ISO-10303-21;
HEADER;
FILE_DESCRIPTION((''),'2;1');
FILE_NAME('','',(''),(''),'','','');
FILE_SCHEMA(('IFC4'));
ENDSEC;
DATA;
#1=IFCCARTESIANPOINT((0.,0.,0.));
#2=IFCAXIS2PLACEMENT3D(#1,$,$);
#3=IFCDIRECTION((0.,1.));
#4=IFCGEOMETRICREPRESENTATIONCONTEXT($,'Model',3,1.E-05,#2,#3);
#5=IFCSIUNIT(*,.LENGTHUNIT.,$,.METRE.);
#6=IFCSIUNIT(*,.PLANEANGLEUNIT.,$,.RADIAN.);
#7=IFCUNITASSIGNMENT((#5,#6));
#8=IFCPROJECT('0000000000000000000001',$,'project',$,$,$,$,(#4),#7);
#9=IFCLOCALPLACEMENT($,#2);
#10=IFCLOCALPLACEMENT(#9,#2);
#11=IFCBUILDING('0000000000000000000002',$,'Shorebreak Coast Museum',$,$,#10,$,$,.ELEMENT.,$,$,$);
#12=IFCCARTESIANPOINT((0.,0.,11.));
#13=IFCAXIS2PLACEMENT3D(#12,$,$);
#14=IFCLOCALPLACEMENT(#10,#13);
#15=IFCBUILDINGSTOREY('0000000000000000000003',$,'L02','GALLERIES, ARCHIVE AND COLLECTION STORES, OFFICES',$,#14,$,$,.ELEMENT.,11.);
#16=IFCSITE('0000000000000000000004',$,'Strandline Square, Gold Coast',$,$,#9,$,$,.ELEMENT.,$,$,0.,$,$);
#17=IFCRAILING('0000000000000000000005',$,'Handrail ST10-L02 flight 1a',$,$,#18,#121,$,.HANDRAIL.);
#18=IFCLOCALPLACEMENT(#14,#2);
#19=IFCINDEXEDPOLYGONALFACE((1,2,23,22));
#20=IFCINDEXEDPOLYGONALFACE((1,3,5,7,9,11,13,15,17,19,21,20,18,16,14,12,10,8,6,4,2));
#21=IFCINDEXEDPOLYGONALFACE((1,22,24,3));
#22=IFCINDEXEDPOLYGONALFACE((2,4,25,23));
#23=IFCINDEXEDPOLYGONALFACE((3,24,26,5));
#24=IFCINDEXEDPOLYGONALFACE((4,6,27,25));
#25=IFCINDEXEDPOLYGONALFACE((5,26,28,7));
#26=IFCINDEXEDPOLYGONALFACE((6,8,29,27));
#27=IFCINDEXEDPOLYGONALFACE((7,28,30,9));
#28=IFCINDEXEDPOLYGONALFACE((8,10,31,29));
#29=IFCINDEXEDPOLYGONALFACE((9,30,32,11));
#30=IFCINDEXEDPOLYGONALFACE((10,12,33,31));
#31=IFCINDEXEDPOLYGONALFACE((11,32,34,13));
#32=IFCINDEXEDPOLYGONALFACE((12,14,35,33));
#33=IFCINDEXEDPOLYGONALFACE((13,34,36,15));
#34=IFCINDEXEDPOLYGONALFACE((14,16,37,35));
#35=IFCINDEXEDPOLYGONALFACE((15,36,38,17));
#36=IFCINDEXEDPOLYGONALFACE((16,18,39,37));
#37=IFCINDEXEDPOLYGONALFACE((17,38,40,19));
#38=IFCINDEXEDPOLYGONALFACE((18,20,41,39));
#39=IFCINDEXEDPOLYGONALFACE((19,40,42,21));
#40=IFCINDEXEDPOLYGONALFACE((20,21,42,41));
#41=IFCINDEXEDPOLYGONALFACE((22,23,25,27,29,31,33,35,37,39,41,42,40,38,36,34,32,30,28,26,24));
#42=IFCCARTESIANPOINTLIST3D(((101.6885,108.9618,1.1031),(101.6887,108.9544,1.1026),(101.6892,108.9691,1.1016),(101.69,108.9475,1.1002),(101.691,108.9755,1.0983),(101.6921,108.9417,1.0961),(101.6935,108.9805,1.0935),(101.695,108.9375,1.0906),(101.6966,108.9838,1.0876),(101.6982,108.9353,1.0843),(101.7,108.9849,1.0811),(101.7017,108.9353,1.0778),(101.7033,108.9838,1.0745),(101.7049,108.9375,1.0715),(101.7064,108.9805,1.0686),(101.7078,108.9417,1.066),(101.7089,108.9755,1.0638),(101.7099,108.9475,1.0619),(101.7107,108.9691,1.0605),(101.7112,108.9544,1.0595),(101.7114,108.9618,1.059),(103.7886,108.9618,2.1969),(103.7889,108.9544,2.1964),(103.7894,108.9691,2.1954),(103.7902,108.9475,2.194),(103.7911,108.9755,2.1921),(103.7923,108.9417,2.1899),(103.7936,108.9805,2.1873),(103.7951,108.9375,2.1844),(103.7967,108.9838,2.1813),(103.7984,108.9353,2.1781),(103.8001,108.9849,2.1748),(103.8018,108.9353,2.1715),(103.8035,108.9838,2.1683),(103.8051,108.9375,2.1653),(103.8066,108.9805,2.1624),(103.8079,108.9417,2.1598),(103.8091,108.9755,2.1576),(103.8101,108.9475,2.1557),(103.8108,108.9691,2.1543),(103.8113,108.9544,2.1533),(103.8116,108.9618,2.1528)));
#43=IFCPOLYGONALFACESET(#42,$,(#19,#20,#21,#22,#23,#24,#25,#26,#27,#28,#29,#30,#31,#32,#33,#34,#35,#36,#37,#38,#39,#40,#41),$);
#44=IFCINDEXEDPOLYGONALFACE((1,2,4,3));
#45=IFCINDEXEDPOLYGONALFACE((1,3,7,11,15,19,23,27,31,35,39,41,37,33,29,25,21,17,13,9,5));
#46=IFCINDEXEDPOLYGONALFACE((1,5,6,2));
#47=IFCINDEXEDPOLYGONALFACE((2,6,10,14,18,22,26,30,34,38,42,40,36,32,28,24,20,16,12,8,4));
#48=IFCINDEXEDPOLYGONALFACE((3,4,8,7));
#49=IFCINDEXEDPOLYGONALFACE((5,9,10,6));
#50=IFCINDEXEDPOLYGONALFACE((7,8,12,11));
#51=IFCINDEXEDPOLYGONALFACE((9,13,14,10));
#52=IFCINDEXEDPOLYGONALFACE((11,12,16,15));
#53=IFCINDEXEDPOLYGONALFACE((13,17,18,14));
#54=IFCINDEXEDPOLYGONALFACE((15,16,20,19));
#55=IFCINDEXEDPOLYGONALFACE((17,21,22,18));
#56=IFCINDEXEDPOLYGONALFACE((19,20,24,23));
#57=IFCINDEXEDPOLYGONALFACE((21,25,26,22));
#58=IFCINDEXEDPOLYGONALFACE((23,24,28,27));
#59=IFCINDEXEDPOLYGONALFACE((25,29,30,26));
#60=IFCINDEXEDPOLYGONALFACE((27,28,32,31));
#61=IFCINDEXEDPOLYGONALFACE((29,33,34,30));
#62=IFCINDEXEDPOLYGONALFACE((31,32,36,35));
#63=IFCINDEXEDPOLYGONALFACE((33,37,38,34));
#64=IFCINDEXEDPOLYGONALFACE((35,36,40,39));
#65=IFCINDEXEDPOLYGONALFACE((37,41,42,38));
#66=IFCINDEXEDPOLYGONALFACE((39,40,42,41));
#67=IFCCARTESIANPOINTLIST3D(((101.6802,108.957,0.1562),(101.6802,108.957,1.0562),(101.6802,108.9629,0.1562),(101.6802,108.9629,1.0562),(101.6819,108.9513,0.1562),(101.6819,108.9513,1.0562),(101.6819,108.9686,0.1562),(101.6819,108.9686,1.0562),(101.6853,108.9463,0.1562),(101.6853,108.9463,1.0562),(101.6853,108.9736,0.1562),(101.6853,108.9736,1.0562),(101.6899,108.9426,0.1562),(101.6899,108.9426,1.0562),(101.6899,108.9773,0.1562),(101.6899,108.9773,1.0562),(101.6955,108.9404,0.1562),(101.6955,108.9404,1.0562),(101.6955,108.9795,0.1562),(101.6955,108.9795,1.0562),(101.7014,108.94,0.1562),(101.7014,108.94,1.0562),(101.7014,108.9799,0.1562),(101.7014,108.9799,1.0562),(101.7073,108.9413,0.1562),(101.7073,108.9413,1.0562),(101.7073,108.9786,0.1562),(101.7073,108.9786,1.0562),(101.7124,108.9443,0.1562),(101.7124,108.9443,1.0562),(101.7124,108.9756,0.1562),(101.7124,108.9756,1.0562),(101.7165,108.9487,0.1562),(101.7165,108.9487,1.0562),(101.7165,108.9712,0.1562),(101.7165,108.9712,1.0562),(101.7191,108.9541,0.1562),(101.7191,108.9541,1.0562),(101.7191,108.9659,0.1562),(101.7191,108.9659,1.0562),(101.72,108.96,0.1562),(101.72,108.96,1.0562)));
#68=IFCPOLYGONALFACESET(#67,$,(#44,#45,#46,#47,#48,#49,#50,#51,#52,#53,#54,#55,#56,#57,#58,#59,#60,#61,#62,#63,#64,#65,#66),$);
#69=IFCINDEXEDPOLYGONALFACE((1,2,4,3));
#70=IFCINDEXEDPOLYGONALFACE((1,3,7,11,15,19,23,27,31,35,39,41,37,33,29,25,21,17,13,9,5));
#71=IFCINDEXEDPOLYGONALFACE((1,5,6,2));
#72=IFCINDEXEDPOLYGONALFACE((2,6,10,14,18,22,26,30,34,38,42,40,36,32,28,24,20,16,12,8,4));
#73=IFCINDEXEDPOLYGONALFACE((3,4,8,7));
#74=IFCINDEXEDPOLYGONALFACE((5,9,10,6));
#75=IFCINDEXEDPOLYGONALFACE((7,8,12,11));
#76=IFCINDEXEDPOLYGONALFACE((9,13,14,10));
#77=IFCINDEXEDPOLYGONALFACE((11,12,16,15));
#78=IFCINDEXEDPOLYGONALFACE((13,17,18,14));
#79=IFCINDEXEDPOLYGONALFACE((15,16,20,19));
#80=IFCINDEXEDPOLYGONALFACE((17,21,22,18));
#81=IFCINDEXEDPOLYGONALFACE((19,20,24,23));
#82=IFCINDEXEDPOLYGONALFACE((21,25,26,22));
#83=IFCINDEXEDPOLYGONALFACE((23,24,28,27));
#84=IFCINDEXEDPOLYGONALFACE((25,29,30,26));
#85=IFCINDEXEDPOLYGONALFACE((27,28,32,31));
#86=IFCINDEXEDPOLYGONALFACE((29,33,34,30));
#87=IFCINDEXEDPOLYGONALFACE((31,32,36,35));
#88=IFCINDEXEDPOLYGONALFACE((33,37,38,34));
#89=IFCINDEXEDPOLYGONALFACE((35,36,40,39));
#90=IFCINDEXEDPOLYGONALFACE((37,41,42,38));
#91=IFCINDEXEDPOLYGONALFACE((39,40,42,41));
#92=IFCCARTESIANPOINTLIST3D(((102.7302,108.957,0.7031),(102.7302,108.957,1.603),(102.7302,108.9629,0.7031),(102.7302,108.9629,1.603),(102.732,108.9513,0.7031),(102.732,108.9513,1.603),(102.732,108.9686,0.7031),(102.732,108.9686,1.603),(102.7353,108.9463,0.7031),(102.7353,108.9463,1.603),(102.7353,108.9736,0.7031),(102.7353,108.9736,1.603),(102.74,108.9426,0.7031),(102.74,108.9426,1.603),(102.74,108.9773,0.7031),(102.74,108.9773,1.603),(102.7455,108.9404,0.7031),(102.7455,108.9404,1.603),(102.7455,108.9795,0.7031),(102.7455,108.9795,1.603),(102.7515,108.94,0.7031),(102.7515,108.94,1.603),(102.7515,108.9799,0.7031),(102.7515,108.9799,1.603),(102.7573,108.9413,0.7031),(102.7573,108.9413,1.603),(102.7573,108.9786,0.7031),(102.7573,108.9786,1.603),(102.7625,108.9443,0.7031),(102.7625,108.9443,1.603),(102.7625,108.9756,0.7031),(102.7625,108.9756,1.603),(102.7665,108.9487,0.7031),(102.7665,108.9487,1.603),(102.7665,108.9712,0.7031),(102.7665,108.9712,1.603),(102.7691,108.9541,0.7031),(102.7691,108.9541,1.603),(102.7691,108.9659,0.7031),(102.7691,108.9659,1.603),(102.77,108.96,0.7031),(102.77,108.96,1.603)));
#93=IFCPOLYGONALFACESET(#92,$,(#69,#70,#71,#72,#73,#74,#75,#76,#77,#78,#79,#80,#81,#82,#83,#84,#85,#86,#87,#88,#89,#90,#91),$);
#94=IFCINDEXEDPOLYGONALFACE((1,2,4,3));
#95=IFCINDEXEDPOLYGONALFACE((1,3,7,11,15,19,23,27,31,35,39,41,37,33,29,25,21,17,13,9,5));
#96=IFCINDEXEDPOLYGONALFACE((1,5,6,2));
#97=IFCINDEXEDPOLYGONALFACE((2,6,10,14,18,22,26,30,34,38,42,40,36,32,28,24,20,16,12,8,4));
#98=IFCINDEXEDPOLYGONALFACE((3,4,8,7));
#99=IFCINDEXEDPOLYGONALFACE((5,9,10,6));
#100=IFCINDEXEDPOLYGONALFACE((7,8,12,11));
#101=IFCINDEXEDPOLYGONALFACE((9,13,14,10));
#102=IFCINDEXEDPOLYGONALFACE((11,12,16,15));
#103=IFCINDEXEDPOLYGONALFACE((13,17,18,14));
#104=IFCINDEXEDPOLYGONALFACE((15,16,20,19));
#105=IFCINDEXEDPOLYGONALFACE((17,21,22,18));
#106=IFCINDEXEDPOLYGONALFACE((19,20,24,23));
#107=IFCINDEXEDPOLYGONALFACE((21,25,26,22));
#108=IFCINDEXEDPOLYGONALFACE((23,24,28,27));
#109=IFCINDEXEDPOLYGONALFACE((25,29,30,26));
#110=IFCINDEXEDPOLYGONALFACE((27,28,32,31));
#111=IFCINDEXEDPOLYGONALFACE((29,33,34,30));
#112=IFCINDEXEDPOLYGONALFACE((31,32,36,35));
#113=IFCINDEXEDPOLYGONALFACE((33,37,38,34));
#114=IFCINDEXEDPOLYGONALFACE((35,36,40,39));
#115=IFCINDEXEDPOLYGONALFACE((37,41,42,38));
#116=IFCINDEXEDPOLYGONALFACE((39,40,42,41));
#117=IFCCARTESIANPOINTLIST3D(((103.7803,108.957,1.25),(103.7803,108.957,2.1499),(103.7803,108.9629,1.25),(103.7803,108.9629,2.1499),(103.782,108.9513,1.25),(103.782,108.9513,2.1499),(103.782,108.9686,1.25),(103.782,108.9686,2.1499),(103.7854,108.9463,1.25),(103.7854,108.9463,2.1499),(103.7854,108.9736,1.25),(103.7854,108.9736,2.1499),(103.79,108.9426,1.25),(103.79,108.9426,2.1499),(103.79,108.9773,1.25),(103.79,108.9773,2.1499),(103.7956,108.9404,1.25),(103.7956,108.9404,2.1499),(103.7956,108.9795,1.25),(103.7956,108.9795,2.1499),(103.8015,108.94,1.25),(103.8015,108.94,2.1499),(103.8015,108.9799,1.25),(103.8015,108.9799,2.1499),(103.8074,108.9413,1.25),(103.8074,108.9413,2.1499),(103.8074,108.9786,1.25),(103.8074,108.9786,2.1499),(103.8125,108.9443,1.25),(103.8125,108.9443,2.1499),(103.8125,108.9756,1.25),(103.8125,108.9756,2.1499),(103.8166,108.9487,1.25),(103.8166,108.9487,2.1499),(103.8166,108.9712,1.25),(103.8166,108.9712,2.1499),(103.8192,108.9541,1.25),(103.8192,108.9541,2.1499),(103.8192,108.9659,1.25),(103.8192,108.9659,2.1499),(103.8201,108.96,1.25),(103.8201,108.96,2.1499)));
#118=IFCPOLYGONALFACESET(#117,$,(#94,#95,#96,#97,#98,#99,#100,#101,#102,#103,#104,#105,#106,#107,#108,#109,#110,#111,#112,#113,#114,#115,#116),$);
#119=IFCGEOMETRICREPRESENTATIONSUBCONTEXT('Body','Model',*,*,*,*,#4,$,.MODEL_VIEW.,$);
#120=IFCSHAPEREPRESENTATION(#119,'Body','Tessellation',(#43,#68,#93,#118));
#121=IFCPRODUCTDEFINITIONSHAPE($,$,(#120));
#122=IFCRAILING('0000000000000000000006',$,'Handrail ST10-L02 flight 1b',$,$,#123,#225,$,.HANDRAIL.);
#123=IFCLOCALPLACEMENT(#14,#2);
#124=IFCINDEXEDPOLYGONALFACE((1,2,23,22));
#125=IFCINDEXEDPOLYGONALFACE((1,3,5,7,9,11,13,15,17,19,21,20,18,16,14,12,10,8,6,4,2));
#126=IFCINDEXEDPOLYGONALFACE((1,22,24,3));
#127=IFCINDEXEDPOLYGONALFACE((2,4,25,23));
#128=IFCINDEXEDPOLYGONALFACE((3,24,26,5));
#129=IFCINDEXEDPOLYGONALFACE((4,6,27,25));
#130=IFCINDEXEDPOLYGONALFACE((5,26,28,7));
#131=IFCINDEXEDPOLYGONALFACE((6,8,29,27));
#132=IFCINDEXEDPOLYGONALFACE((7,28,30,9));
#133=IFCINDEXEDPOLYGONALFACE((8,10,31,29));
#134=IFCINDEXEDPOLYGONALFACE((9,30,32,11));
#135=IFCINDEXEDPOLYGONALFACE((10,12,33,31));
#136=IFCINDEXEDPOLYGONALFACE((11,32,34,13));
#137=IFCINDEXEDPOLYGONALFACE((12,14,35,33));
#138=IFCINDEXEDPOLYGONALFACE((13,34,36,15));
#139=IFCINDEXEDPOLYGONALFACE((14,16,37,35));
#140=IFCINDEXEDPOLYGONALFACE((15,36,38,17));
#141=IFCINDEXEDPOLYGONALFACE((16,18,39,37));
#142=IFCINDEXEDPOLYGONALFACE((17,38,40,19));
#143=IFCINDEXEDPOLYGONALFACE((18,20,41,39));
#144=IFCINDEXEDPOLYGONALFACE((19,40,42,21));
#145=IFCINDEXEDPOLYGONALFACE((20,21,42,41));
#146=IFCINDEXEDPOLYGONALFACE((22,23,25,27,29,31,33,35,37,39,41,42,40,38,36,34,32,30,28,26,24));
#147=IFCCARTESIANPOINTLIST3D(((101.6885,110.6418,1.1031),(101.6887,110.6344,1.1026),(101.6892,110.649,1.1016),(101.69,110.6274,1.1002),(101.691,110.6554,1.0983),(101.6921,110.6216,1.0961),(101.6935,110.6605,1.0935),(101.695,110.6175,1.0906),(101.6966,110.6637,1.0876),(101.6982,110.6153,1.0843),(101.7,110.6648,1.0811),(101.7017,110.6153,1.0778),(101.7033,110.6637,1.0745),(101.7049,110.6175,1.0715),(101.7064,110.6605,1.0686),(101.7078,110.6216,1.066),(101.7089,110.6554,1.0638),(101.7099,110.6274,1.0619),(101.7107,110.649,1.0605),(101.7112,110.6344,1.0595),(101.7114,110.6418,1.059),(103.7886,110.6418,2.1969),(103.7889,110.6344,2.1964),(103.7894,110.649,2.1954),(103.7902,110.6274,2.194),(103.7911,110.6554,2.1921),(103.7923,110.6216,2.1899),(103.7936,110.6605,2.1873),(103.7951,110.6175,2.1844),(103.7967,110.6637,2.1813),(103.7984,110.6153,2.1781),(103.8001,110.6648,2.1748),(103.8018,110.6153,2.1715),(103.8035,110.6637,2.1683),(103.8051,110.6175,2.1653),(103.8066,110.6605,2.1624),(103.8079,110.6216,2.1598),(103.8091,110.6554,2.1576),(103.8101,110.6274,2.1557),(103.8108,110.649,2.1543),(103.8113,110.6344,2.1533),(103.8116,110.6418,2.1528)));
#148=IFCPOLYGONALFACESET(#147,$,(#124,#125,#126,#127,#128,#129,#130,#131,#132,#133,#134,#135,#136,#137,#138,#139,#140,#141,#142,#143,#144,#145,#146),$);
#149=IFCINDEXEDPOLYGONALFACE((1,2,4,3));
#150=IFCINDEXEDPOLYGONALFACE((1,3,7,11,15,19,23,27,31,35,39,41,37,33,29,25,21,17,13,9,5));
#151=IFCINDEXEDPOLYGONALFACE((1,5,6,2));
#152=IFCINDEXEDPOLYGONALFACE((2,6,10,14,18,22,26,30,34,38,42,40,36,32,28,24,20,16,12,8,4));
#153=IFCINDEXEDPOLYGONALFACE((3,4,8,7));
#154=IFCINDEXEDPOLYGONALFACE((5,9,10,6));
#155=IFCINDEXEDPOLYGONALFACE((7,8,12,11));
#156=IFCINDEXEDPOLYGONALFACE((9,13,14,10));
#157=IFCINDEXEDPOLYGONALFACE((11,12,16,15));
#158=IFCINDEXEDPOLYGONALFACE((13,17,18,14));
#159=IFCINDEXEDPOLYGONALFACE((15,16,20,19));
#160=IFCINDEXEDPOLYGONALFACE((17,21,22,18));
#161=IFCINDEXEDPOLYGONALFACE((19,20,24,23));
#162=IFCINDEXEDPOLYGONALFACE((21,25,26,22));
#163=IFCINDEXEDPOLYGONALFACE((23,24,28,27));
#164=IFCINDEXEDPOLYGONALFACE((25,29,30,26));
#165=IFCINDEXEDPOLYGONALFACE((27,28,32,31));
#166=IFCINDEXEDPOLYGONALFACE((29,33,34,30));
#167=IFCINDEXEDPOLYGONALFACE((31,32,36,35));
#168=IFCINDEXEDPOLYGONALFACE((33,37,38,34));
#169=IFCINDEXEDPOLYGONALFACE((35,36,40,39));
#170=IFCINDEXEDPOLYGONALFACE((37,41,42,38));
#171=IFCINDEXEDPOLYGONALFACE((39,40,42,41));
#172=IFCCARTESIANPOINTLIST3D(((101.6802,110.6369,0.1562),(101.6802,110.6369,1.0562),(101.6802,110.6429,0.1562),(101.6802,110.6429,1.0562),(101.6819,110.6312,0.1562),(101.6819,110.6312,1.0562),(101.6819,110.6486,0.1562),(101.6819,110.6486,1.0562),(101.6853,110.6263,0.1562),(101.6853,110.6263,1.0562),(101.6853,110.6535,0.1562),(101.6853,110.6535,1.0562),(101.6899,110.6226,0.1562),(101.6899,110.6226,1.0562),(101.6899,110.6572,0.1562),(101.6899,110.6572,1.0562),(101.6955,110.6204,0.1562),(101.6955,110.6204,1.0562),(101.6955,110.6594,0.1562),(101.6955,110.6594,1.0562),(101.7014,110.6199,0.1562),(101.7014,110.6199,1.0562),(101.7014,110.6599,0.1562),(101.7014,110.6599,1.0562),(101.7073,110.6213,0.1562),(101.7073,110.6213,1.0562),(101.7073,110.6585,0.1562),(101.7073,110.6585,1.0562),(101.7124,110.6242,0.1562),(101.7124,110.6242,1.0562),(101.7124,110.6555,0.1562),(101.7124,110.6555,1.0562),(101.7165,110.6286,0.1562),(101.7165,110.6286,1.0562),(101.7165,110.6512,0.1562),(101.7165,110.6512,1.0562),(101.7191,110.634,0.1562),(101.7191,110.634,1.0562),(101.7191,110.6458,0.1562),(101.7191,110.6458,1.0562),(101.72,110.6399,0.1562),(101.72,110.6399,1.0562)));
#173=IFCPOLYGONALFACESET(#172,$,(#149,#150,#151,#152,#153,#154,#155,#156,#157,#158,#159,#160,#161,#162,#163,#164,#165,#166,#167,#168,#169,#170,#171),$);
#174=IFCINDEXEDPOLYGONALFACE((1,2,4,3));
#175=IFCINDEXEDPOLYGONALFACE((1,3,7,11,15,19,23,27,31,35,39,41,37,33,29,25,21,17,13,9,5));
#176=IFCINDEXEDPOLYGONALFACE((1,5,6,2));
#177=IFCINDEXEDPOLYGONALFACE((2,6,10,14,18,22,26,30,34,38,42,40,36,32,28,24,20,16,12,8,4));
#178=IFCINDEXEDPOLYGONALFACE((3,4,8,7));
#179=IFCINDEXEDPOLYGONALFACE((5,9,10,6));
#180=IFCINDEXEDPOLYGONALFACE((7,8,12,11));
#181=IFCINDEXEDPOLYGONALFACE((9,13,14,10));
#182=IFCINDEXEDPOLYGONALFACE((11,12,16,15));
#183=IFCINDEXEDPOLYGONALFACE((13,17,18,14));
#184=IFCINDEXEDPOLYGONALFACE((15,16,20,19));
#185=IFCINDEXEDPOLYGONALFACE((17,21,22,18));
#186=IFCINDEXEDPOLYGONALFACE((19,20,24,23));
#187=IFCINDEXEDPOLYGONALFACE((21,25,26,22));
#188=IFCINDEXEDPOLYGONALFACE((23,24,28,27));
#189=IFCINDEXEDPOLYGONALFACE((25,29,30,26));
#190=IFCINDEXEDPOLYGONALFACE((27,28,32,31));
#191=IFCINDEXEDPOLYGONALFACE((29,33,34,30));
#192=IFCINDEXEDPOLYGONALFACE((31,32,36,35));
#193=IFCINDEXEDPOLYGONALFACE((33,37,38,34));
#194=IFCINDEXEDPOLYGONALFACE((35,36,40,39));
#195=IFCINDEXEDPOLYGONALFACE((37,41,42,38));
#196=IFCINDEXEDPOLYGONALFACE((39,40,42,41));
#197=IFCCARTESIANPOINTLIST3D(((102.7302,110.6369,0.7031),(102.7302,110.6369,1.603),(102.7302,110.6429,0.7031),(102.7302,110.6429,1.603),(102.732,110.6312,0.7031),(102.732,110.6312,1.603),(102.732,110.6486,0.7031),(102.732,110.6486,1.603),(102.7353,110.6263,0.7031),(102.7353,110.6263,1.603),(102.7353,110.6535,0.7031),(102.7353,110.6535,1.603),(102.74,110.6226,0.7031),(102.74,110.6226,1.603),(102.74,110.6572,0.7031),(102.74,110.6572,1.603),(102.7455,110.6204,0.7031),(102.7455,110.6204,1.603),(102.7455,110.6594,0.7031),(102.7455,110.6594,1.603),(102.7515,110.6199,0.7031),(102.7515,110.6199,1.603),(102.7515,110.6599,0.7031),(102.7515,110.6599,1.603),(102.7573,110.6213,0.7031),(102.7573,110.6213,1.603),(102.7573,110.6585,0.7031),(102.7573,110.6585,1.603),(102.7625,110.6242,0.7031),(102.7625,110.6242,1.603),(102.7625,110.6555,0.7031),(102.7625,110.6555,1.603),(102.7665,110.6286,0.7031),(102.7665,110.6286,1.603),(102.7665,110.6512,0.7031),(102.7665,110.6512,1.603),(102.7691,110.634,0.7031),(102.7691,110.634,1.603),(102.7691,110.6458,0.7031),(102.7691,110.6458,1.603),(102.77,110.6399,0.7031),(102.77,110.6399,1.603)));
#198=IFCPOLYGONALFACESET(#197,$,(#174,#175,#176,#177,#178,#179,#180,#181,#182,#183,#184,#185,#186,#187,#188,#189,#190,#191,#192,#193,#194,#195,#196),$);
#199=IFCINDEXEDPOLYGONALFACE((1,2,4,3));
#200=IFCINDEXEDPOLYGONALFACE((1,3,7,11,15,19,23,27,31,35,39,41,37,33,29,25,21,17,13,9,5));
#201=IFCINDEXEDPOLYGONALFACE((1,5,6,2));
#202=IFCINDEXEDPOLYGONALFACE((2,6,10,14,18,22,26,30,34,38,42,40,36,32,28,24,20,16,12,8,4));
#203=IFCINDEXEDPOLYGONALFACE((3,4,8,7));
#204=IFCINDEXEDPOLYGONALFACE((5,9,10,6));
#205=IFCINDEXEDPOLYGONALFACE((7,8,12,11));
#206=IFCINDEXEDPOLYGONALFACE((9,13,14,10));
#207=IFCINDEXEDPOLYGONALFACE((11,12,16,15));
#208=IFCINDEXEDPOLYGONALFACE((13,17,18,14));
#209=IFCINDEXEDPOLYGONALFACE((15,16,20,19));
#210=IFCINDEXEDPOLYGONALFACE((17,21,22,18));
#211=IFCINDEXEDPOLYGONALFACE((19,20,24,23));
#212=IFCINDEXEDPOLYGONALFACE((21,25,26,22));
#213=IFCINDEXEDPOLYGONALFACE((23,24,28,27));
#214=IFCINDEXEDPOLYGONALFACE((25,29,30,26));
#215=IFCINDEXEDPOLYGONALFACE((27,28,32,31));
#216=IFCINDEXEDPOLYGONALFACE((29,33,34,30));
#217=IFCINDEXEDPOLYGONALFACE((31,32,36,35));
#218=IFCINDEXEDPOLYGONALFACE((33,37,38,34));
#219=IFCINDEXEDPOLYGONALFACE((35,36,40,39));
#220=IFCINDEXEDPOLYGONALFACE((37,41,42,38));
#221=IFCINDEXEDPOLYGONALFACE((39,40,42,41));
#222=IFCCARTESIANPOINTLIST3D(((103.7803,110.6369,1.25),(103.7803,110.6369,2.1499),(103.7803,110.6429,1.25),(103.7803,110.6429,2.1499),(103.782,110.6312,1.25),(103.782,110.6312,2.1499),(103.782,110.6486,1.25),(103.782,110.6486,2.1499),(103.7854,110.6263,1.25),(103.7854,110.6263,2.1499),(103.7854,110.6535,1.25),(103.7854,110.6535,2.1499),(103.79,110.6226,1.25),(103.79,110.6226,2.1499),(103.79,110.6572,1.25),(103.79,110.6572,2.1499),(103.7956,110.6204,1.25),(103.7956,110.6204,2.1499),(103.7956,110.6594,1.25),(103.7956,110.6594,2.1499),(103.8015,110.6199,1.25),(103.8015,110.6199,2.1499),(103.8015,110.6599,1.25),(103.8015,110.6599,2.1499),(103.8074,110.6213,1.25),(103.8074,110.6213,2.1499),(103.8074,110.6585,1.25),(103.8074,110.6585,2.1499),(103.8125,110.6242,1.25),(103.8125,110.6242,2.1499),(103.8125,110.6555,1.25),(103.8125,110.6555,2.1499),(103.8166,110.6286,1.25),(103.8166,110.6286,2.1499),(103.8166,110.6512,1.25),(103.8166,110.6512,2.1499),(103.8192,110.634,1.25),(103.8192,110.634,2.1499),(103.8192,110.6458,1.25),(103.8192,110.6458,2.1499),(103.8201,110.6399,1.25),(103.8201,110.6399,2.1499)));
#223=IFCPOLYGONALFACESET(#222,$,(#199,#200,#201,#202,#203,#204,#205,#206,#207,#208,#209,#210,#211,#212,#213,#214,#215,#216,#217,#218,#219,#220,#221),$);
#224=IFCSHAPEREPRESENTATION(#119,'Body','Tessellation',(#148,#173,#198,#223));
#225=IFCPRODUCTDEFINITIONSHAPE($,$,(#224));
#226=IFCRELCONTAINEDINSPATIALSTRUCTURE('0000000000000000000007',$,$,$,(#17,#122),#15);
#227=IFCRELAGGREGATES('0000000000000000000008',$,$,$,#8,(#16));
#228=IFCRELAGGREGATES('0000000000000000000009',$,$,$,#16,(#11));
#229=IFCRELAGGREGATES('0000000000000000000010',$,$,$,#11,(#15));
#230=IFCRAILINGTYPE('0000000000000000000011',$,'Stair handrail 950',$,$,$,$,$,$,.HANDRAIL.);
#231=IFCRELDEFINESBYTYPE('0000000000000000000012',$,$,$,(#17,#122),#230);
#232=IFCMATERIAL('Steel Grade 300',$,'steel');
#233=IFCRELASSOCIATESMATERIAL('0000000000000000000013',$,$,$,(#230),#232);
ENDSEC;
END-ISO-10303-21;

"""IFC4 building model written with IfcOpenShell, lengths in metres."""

from ifc_helpers import new_model, si_unit, direction, frame, origin, origin_2d, place, context, subcontext, project, spatial, circle, extrude, material, type_object, element, save


model = new_model("IFC4")

# Units and contexts
model_context = context("Model", 3, precision=1e-05, world=origin(), true_north=direction((0.0, 1.0)))
body_context = subcontext(model_context, "Body", "Model", "MODEL_VIEW")
ifc_project = project(units=[si_unit("LENGTHUNIT", "METRE"), si_unit("PLANEANGLEUNIT", "RADIAN")], contexts=[model_context])

# Site, building, storey
site_placement = place(None, origin())
site = spatial("IfcSite", under=ifc_project, at=site_placement, Name="Strandline Square, Gold Coast", CompositionType="ELEMENT", RefElevation=0.0)
building_placement = place(site_placement, origin())
building = spatial("IfcBuilding", under=site, at=building_placement, Name="Shorebreak Coast Museum", CompositionType="ELEMENT")
storey_placement = place(building_placement, frame((0.0, 0.0, 11.0)))
storey = spatial("IfcBuildingStorey", under=building, at=storey_placement, Name="L02", Description="GALLERIES, ARCHIVE AND COLLECTION STORES, OFFICES", CompositionType="ELEMENT", Elevation=11.0)

# Railings
ifc_material_1 = material(Name="Steel Grade 300", Category="steel")
railing_type_1 = type_object("IfcRailingType", Name="Stair handrail 950", PredefinedType="HANDRAIL", material=ifc_material_1)
for number, where, name in (
    (1, (101.7, 108.96, 0.1562), "Handrail ST10-L02 flight 1a"),
    (2, (101.7, 110.6399, 0.1562), "Handrail ST10-L02 flight 1b"),
):
    element("IfcRailing", number, at=place(storey_placement, frame(where)), inside=storey, type_object=railing_type_1, Name=name, PredefinedType="HANDRAIL", context=body_context, shape_type="SweptSolid", body=[
        extrude(circle(Radius=0.0249, at=origin_2d()), frame((0.0, 0.0, 0.9248), z_axis=(0.886923, 0.0, 0.461918), x_axis=(0.0, 1.0, 0.0)), (0.0, 0.0, 1.0), 2.3679),
        extrude(circle(Radius=0.02, at=origin_2d()), origin(), (0.0, 0.0, 1.0), 0.8999),
        extrude(circle(Radius=0.02, at=origin_2d()), frame((1.05, 0.0, 0.5469)), (0.0, 0.0, 1.0), 0.8999),
        extrude(circle(Radius=0.02, at=origin_2d()), frame((2.1001, 0.0, 1.0938)), (0.0, 0.0, 1.0), 0.8999),
    ])

save(model, "model.ifc")
